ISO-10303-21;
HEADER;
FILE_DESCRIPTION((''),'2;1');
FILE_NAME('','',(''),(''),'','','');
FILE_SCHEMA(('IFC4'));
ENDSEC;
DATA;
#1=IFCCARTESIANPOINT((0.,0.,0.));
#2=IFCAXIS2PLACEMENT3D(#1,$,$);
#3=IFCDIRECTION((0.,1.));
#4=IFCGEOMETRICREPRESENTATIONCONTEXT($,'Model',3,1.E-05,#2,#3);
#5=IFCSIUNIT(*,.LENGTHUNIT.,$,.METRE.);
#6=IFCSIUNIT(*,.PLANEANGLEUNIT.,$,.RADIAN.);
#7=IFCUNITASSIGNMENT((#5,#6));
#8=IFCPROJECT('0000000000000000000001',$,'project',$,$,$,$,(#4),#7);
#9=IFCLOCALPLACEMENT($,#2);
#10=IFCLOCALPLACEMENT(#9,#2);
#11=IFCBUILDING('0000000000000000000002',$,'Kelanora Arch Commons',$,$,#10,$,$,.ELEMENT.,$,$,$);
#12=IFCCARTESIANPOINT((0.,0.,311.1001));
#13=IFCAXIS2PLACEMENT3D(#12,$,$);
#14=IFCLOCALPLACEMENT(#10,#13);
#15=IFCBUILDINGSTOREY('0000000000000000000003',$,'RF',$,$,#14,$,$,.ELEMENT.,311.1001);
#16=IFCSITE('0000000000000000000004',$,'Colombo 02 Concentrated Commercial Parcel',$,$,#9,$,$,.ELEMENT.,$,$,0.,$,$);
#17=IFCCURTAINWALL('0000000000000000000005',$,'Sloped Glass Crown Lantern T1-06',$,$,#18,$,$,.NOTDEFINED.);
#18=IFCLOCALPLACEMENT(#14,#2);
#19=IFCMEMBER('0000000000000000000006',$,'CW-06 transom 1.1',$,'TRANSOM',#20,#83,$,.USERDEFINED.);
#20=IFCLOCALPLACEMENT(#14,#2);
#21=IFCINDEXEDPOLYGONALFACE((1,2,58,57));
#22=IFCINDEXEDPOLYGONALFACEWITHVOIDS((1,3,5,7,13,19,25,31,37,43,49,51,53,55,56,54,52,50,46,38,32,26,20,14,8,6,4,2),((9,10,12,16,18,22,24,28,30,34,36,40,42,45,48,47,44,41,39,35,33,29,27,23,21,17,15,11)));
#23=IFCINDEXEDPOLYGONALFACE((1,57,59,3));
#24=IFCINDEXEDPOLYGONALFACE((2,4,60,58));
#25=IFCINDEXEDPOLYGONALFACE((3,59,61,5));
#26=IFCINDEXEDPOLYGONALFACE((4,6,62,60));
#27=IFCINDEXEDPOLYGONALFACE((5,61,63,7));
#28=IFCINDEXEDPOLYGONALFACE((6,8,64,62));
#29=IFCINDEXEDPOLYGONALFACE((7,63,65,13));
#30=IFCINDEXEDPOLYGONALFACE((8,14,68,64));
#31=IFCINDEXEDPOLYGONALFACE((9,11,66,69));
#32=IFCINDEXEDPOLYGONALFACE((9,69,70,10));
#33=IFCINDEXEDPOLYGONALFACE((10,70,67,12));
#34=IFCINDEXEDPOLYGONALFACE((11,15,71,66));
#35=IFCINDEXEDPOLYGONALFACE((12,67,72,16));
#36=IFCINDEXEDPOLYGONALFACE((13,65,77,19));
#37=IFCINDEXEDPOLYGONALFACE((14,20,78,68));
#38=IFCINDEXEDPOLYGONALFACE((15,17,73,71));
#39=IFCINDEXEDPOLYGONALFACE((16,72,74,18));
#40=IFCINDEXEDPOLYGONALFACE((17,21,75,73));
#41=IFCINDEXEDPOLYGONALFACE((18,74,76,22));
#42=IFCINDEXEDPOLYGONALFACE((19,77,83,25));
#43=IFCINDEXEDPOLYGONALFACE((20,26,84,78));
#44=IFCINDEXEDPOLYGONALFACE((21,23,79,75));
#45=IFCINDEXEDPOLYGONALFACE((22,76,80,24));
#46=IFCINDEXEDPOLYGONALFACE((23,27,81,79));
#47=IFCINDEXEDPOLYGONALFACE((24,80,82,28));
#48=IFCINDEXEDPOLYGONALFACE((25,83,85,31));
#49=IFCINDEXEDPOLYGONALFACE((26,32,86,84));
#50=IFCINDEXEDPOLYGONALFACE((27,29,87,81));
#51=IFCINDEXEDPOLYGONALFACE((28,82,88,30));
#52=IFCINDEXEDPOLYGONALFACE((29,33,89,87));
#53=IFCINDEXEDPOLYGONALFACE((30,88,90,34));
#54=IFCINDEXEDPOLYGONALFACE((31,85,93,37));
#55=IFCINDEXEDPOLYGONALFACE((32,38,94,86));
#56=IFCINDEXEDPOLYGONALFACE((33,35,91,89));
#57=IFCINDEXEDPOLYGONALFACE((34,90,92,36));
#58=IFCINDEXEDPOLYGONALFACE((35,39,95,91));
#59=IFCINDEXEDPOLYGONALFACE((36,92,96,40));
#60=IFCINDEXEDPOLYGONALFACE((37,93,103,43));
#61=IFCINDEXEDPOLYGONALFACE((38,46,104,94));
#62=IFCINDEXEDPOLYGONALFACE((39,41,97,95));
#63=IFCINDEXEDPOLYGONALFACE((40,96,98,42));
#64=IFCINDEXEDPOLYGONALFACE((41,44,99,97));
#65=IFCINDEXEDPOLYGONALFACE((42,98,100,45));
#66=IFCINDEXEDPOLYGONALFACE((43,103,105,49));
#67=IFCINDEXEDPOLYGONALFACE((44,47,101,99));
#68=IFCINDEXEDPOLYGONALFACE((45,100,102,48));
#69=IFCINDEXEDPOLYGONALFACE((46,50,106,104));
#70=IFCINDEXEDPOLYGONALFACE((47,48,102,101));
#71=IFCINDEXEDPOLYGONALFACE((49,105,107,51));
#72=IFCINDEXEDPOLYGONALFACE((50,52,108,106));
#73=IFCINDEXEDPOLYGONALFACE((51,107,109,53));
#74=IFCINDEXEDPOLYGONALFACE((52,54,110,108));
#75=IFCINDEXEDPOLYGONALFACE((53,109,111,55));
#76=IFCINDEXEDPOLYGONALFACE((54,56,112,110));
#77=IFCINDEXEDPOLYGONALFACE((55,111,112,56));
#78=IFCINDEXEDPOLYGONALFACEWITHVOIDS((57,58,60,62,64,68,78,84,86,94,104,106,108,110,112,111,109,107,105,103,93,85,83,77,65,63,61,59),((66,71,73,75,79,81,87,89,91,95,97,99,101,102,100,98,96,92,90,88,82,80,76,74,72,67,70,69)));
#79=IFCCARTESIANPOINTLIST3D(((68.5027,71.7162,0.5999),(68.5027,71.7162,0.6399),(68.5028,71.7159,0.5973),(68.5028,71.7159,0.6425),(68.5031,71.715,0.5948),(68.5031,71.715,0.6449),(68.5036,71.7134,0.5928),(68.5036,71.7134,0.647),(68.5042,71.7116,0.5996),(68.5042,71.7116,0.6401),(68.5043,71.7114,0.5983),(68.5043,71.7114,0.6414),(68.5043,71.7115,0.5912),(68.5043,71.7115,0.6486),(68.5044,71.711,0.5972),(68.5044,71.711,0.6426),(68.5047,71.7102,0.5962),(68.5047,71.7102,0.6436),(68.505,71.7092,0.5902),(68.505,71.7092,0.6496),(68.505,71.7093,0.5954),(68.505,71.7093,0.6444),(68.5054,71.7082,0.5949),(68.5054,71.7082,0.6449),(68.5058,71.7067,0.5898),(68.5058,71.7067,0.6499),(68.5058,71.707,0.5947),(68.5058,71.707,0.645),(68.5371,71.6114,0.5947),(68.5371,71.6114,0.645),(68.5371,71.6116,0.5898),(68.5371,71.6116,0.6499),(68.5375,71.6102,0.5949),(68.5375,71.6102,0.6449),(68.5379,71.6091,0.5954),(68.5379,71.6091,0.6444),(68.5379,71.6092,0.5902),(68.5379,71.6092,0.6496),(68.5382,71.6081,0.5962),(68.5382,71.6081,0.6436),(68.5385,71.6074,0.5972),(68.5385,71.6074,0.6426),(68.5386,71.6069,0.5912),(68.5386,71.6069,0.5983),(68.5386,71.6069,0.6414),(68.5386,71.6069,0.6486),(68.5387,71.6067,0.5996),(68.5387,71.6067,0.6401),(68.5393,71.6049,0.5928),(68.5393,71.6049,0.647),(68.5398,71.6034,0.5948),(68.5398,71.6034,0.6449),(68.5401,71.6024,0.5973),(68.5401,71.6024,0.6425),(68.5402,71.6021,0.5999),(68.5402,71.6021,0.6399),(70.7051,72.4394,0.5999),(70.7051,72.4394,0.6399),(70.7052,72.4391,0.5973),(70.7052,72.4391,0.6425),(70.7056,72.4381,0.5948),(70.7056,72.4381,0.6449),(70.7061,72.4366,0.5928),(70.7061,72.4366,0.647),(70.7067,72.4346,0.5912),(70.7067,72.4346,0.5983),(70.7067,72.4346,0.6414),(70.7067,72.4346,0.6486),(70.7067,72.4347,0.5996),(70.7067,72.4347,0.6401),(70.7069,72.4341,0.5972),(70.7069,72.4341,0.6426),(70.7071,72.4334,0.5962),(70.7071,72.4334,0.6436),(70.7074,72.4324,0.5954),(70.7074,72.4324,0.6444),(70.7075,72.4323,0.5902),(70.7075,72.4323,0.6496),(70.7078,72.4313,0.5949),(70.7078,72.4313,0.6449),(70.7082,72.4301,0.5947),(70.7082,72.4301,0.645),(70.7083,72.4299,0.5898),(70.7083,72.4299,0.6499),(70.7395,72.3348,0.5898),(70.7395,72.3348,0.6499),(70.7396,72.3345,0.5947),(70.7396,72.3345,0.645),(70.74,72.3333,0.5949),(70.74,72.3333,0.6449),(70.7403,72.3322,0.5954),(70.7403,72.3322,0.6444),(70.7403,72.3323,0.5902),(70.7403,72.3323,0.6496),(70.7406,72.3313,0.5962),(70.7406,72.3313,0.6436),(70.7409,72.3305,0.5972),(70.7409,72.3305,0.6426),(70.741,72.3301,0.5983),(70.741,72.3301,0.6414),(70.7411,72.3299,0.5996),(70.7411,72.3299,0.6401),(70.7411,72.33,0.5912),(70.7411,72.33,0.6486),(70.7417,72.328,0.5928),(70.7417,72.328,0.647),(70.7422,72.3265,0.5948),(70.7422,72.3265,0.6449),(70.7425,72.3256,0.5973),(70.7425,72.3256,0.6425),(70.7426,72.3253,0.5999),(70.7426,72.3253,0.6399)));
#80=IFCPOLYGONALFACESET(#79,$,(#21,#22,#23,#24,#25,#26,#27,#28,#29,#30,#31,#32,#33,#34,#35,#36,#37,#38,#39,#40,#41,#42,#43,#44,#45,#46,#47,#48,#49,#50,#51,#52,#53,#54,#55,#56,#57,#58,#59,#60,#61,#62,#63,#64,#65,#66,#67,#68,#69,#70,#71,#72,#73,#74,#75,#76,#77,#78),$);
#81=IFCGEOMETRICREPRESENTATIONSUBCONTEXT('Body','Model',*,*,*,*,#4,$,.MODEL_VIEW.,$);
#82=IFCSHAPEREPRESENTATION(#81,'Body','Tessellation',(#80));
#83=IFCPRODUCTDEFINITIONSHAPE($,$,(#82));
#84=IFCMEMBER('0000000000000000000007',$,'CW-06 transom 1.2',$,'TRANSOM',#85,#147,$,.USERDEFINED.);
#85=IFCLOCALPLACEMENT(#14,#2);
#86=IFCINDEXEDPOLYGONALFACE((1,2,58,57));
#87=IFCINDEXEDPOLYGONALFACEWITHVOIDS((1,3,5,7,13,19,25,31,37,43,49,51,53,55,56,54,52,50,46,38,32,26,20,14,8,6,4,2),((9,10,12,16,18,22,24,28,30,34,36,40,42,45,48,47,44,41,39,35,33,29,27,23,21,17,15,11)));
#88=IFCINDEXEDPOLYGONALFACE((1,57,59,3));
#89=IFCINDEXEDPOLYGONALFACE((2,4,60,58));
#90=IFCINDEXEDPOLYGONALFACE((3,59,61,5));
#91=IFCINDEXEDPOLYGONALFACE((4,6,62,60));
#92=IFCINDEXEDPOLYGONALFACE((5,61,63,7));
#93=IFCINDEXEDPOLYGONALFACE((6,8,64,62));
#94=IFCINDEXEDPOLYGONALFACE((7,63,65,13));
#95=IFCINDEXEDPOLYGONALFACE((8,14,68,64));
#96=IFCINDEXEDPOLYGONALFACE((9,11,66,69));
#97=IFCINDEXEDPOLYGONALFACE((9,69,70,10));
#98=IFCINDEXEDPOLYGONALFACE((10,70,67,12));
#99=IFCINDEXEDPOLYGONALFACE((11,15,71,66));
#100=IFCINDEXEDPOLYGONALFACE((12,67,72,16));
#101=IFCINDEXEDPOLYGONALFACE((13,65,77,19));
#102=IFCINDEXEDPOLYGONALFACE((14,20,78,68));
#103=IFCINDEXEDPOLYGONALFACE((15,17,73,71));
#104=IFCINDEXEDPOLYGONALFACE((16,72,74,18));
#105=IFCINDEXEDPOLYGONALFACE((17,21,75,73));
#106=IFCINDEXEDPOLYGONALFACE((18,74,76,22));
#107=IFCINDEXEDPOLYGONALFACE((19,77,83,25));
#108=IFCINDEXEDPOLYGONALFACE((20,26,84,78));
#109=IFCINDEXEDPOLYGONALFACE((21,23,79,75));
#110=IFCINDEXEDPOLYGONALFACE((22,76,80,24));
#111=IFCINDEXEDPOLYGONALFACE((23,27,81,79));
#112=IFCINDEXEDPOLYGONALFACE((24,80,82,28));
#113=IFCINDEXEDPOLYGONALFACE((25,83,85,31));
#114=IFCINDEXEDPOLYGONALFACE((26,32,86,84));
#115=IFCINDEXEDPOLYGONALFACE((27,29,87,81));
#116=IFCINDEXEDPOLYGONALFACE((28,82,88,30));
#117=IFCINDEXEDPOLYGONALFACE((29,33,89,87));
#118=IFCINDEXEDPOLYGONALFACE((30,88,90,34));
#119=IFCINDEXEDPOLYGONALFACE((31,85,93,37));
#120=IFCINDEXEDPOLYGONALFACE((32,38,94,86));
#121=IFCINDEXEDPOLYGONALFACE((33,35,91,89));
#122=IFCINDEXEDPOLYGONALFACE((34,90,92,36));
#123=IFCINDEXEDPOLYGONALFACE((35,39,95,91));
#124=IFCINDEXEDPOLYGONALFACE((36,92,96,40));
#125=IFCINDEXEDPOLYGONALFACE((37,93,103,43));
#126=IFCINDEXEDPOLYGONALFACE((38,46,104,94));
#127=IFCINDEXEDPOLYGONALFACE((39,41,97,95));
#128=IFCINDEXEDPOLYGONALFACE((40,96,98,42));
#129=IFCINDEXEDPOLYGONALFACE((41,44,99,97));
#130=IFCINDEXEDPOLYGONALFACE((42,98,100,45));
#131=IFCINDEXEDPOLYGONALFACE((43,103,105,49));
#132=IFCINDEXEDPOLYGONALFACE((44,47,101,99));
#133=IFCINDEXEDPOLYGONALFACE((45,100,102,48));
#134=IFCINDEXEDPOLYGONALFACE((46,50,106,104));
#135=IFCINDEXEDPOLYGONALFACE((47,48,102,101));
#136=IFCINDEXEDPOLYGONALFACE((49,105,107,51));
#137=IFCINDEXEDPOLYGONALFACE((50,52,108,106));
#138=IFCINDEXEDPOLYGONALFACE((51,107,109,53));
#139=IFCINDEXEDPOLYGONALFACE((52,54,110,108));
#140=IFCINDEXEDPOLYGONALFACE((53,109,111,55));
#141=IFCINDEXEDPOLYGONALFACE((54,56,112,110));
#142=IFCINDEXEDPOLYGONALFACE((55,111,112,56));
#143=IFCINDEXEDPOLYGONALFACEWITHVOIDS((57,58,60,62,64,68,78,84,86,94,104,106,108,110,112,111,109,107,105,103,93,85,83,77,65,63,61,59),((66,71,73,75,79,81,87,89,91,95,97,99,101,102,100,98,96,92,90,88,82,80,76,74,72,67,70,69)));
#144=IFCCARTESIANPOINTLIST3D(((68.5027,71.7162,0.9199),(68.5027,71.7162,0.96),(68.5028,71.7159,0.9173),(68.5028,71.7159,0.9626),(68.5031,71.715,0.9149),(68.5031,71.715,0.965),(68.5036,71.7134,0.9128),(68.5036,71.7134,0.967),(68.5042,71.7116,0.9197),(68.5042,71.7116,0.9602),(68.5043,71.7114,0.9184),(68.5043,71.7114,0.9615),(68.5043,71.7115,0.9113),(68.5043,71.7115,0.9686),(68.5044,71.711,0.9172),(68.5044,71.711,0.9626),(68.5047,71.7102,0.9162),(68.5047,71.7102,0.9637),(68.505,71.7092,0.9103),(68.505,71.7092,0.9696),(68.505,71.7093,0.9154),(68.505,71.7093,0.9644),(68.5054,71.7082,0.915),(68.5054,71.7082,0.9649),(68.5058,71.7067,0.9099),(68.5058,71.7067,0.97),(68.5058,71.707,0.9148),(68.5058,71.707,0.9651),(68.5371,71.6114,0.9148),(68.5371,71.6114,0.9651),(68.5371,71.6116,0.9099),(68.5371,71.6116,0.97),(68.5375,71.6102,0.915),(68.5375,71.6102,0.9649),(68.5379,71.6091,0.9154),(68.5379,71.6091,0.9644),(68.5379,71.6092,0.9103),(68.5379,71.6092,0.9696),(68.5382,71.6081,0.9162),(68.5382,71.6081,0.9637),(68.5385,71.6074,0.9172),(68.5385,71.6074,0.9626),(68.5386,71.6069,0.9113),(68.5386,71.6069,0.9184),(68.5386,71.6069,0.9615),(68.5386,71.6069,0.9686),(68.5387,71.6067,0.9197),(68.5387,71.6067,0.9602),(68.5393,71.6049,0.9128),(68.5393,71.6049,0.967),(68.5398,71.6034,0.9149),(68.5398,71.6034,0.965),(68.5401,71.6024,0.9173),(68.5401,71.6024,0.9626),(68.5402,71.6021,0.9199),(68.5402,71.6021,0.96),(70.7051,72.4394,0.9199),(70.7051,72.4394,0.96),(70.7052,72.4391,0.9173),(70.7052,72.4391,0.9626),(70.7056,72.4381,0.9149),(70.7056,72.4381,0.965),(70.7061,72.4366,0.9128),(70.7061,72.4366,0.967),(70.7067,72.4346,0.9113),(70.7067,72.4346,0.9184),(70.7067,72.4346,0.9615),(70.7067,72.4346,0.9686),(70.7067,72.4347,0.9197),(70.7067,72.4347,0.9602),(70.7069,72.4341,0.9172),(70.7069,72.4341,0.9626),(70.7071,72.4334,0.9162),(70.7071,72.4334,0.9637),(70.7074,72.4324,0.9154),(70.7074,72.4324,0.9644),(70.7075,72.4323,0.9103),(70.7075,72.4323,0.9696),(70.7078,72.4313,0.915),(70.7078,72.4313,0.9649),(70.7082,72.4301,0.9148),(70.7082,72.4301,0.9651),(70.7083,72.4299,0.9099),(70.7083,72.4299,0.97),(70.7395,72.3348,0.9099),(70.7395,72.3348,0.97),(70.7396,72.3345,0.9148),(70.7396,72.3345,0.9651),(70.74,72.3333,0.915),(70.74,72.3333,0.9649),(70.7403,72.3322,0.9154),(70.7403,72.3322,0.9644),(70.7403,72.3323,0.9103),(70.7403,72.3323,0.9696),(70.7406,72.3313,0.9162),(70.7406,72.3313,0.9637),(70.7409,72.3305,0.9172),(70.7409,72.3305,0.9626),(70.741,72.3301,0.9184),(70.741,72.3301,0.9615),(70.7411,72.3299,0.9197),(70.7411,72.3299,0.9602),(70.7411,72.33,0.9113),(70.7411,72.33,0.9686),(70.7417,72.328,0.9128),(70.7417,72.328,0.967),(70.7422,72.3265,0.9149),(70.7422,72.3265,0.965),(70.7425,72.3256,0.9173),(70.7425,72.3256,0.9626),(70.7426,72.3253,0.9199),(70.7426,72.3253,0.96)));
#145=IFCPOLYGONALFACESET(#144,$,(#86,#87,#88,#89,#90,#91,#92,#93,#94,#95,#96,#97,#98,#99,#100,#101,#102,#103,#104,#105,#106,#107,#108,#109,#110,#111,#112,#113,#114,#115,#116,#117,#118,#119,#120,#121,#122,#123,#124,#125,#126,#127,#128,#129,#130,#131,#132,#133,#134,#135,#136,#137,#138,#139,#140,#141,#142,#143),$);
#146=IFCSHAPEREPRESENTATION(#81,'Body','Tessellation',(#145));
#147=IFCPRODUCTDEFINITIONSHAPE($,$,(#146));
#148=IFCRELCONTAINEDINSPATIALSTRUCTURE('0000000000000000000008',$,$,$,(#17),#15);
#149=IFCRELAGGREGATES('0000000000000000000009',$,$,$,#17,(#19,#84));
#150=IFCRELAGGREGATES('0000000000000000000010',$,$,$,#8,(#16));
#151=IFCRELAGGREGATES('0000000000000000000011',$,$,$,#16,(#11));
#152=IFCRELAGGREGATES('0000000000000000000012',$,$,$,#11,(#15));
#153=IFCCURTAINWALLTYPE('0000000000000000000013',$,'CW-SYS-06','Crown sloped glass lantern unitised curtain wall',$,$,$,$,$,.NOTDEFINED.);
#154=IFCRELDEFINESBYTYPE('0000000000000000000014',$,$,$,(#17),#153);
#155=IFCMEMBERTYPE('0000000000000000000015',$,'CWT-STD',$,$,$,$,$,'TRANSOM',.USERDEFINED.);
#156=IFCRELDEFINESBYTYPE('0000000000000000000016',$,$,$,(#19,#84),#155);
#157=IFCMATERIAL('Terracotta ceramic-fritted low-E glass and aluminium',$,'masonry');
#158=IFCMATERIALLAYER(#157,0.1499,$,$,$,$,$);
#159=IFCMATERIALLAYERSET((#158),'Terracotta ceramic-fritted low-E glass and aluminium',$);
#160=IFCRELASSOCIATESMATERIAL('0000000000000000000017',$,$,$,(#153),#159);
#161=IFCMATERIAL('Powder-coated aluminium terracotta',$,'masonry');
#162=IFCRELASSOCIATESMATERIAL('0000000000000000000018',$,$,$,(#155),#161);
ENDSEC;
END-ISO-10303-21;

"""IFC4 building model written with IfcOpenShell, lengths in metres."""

from ifc_helpers import new_model, si_unit, direction, frame, origin, origin_2d, place, context, subcontext, project, spatial, hollow_rectangle, extrude, material, layer, layer_set, material_profile, profile_set, type_object, element, aggregate, save


model = new_model("IFC4")

# Units and contexts
model_context = context("Model", 3, precision=1e-05, world=origin(), true_north=direction((0.0, 1.0)))
body_context = subcontext(model_context, "Body", "Model", "MODEL_VIEW")
ifc_project = project(units=[si_unit("LENGTHUNIT", "METRE"), si_unit("PLANEANGLEUNIT", "RADIAN")], contexts=[model_context])

# Site, building, storey
site_placement = place(None, origin())
site = spatial("IfcSite", under=ifc_project, at=site_placement, Name="Colombo 02 Concentrated Commercial Parcel", CompositionType="ELEMENT", RefElevation=0.0)
building_placement = place(site_placement, origin())
building = spatial("IfcBuilding", under=site, at=building_placement, Name="Kelanora Arch Commons", CompositionType="ELEMENT")
storey_placement = place(building_placement, frame((0.0, 0.0, 311.1001)))
storey = spatial("IfcBuildingStorey", under=building, at=storey_placement, Name="RF", CompositionType="ELEMENT", Elevation=311.1001)

# Shared definitions
ifc_material_1 = material(Name="Terracotta ceramic-fritted low-E glass and aluminium", Category="masonry")
ifc_layer_1 = layer(ifc_material_1, 0.1499)
ifc_layer_set_1 = layer_set([ifc_layer_1], Name="Terracotta ceramic-fritted low-E glass and aluminium")
curtain_wall_type = type_object("IfcCurtainWallType", Name="CW-SYS-06", Description="Crown sloped glass lantern unitised curtain wall", PredefinedType="NOTDEFINED", material=ifc_layer_set_1)
ifc_material_2 = material(Name="Powder-coated aluminium terracotta", Category="masonry")

# Curtain wall
curtain_wall_1_placement = place(storey_placement, origin())
curtain_wall_1 = element("IfcCurtainWall", 1, at=curtain_wall_1_placement, inside=storey, type_object=curtain_wall_type, Name="Sloped Glass Crown Lantern T1-06", PredefinedType="NOTDEFINED")

# Members
ifc_material_profile_1 = material_profile(ifc_material_2, hollow_rectangle(XDim=0.1201, YDim=0.0601, WallThickness=0.0049, InnerFilletRadius=0.0049, OuterFilletRadius=0.01, at=origin_2d()), Name="CWT120x60")
ifc_profile_set_1 = profile_set([ifc_material_profile_1], Name="Powder-coated aluminium terracotta")
member_type_1 = type_object("IfcMemberType", Name="CWT-STD", ElementType="TRANSOM", PredefinedType="USERDEFINED", material=ifc_profile_set_1)
member_1_placement = place(storey_placement, frame((70.7239, 72.3823, 0.6199), z_axis=(-0.950096, -0.311959, 0.0), x_axis=(0.311959, -0.950096, 0.0)))
member_1 = element("IfcMember", 2, at=member_1_placement, type_object=member_type_1, Name="CW-06 transom 1.1", ObjectType="TRANSOM", PredefinedType="USERDEFINED", context=body_context, shape_type="SweptSolid", body=[
    extrude(hollow_rectangle(XDim=0.1201, YDim=0.0601, WallThickness=0.0049, InnerFilletRadius=0.0049, OuterFilletRadius=0.01, at=origin_2d()), origin(), (0.0, 0.0, 1.0), 2.3181),
])
member_2_placement = place(storey_placement, frame((70.7239, 72.3823, 0.9399), z_axis=(-0.950096, -0.311959, 0.0), x_axis=(0.311959, -0.950096, 0.0)))
member_2 = element("IfcMember", 3, at=member_2_placement, type_object=member_type_1, Name="CW-06 transom 1.2", ObjectType="TRANSOM", PredefinedType="USERDEFINED", context=body_context, shape_type="SweptSolid", body=[
    extrude(hollow_rectangle(XDim=0.1201, YDim=0.0601, WallThickness=0.0049, InnerFilletRadius=0.0049, OuterFilletRadius=0.01, at=origin_2d()), origin(), (0.0, 0.0, 1.0), 2.3181),
])

aggregate(curtain_wall_1, [member_1, member_2])

save(model, "model.ifc")
